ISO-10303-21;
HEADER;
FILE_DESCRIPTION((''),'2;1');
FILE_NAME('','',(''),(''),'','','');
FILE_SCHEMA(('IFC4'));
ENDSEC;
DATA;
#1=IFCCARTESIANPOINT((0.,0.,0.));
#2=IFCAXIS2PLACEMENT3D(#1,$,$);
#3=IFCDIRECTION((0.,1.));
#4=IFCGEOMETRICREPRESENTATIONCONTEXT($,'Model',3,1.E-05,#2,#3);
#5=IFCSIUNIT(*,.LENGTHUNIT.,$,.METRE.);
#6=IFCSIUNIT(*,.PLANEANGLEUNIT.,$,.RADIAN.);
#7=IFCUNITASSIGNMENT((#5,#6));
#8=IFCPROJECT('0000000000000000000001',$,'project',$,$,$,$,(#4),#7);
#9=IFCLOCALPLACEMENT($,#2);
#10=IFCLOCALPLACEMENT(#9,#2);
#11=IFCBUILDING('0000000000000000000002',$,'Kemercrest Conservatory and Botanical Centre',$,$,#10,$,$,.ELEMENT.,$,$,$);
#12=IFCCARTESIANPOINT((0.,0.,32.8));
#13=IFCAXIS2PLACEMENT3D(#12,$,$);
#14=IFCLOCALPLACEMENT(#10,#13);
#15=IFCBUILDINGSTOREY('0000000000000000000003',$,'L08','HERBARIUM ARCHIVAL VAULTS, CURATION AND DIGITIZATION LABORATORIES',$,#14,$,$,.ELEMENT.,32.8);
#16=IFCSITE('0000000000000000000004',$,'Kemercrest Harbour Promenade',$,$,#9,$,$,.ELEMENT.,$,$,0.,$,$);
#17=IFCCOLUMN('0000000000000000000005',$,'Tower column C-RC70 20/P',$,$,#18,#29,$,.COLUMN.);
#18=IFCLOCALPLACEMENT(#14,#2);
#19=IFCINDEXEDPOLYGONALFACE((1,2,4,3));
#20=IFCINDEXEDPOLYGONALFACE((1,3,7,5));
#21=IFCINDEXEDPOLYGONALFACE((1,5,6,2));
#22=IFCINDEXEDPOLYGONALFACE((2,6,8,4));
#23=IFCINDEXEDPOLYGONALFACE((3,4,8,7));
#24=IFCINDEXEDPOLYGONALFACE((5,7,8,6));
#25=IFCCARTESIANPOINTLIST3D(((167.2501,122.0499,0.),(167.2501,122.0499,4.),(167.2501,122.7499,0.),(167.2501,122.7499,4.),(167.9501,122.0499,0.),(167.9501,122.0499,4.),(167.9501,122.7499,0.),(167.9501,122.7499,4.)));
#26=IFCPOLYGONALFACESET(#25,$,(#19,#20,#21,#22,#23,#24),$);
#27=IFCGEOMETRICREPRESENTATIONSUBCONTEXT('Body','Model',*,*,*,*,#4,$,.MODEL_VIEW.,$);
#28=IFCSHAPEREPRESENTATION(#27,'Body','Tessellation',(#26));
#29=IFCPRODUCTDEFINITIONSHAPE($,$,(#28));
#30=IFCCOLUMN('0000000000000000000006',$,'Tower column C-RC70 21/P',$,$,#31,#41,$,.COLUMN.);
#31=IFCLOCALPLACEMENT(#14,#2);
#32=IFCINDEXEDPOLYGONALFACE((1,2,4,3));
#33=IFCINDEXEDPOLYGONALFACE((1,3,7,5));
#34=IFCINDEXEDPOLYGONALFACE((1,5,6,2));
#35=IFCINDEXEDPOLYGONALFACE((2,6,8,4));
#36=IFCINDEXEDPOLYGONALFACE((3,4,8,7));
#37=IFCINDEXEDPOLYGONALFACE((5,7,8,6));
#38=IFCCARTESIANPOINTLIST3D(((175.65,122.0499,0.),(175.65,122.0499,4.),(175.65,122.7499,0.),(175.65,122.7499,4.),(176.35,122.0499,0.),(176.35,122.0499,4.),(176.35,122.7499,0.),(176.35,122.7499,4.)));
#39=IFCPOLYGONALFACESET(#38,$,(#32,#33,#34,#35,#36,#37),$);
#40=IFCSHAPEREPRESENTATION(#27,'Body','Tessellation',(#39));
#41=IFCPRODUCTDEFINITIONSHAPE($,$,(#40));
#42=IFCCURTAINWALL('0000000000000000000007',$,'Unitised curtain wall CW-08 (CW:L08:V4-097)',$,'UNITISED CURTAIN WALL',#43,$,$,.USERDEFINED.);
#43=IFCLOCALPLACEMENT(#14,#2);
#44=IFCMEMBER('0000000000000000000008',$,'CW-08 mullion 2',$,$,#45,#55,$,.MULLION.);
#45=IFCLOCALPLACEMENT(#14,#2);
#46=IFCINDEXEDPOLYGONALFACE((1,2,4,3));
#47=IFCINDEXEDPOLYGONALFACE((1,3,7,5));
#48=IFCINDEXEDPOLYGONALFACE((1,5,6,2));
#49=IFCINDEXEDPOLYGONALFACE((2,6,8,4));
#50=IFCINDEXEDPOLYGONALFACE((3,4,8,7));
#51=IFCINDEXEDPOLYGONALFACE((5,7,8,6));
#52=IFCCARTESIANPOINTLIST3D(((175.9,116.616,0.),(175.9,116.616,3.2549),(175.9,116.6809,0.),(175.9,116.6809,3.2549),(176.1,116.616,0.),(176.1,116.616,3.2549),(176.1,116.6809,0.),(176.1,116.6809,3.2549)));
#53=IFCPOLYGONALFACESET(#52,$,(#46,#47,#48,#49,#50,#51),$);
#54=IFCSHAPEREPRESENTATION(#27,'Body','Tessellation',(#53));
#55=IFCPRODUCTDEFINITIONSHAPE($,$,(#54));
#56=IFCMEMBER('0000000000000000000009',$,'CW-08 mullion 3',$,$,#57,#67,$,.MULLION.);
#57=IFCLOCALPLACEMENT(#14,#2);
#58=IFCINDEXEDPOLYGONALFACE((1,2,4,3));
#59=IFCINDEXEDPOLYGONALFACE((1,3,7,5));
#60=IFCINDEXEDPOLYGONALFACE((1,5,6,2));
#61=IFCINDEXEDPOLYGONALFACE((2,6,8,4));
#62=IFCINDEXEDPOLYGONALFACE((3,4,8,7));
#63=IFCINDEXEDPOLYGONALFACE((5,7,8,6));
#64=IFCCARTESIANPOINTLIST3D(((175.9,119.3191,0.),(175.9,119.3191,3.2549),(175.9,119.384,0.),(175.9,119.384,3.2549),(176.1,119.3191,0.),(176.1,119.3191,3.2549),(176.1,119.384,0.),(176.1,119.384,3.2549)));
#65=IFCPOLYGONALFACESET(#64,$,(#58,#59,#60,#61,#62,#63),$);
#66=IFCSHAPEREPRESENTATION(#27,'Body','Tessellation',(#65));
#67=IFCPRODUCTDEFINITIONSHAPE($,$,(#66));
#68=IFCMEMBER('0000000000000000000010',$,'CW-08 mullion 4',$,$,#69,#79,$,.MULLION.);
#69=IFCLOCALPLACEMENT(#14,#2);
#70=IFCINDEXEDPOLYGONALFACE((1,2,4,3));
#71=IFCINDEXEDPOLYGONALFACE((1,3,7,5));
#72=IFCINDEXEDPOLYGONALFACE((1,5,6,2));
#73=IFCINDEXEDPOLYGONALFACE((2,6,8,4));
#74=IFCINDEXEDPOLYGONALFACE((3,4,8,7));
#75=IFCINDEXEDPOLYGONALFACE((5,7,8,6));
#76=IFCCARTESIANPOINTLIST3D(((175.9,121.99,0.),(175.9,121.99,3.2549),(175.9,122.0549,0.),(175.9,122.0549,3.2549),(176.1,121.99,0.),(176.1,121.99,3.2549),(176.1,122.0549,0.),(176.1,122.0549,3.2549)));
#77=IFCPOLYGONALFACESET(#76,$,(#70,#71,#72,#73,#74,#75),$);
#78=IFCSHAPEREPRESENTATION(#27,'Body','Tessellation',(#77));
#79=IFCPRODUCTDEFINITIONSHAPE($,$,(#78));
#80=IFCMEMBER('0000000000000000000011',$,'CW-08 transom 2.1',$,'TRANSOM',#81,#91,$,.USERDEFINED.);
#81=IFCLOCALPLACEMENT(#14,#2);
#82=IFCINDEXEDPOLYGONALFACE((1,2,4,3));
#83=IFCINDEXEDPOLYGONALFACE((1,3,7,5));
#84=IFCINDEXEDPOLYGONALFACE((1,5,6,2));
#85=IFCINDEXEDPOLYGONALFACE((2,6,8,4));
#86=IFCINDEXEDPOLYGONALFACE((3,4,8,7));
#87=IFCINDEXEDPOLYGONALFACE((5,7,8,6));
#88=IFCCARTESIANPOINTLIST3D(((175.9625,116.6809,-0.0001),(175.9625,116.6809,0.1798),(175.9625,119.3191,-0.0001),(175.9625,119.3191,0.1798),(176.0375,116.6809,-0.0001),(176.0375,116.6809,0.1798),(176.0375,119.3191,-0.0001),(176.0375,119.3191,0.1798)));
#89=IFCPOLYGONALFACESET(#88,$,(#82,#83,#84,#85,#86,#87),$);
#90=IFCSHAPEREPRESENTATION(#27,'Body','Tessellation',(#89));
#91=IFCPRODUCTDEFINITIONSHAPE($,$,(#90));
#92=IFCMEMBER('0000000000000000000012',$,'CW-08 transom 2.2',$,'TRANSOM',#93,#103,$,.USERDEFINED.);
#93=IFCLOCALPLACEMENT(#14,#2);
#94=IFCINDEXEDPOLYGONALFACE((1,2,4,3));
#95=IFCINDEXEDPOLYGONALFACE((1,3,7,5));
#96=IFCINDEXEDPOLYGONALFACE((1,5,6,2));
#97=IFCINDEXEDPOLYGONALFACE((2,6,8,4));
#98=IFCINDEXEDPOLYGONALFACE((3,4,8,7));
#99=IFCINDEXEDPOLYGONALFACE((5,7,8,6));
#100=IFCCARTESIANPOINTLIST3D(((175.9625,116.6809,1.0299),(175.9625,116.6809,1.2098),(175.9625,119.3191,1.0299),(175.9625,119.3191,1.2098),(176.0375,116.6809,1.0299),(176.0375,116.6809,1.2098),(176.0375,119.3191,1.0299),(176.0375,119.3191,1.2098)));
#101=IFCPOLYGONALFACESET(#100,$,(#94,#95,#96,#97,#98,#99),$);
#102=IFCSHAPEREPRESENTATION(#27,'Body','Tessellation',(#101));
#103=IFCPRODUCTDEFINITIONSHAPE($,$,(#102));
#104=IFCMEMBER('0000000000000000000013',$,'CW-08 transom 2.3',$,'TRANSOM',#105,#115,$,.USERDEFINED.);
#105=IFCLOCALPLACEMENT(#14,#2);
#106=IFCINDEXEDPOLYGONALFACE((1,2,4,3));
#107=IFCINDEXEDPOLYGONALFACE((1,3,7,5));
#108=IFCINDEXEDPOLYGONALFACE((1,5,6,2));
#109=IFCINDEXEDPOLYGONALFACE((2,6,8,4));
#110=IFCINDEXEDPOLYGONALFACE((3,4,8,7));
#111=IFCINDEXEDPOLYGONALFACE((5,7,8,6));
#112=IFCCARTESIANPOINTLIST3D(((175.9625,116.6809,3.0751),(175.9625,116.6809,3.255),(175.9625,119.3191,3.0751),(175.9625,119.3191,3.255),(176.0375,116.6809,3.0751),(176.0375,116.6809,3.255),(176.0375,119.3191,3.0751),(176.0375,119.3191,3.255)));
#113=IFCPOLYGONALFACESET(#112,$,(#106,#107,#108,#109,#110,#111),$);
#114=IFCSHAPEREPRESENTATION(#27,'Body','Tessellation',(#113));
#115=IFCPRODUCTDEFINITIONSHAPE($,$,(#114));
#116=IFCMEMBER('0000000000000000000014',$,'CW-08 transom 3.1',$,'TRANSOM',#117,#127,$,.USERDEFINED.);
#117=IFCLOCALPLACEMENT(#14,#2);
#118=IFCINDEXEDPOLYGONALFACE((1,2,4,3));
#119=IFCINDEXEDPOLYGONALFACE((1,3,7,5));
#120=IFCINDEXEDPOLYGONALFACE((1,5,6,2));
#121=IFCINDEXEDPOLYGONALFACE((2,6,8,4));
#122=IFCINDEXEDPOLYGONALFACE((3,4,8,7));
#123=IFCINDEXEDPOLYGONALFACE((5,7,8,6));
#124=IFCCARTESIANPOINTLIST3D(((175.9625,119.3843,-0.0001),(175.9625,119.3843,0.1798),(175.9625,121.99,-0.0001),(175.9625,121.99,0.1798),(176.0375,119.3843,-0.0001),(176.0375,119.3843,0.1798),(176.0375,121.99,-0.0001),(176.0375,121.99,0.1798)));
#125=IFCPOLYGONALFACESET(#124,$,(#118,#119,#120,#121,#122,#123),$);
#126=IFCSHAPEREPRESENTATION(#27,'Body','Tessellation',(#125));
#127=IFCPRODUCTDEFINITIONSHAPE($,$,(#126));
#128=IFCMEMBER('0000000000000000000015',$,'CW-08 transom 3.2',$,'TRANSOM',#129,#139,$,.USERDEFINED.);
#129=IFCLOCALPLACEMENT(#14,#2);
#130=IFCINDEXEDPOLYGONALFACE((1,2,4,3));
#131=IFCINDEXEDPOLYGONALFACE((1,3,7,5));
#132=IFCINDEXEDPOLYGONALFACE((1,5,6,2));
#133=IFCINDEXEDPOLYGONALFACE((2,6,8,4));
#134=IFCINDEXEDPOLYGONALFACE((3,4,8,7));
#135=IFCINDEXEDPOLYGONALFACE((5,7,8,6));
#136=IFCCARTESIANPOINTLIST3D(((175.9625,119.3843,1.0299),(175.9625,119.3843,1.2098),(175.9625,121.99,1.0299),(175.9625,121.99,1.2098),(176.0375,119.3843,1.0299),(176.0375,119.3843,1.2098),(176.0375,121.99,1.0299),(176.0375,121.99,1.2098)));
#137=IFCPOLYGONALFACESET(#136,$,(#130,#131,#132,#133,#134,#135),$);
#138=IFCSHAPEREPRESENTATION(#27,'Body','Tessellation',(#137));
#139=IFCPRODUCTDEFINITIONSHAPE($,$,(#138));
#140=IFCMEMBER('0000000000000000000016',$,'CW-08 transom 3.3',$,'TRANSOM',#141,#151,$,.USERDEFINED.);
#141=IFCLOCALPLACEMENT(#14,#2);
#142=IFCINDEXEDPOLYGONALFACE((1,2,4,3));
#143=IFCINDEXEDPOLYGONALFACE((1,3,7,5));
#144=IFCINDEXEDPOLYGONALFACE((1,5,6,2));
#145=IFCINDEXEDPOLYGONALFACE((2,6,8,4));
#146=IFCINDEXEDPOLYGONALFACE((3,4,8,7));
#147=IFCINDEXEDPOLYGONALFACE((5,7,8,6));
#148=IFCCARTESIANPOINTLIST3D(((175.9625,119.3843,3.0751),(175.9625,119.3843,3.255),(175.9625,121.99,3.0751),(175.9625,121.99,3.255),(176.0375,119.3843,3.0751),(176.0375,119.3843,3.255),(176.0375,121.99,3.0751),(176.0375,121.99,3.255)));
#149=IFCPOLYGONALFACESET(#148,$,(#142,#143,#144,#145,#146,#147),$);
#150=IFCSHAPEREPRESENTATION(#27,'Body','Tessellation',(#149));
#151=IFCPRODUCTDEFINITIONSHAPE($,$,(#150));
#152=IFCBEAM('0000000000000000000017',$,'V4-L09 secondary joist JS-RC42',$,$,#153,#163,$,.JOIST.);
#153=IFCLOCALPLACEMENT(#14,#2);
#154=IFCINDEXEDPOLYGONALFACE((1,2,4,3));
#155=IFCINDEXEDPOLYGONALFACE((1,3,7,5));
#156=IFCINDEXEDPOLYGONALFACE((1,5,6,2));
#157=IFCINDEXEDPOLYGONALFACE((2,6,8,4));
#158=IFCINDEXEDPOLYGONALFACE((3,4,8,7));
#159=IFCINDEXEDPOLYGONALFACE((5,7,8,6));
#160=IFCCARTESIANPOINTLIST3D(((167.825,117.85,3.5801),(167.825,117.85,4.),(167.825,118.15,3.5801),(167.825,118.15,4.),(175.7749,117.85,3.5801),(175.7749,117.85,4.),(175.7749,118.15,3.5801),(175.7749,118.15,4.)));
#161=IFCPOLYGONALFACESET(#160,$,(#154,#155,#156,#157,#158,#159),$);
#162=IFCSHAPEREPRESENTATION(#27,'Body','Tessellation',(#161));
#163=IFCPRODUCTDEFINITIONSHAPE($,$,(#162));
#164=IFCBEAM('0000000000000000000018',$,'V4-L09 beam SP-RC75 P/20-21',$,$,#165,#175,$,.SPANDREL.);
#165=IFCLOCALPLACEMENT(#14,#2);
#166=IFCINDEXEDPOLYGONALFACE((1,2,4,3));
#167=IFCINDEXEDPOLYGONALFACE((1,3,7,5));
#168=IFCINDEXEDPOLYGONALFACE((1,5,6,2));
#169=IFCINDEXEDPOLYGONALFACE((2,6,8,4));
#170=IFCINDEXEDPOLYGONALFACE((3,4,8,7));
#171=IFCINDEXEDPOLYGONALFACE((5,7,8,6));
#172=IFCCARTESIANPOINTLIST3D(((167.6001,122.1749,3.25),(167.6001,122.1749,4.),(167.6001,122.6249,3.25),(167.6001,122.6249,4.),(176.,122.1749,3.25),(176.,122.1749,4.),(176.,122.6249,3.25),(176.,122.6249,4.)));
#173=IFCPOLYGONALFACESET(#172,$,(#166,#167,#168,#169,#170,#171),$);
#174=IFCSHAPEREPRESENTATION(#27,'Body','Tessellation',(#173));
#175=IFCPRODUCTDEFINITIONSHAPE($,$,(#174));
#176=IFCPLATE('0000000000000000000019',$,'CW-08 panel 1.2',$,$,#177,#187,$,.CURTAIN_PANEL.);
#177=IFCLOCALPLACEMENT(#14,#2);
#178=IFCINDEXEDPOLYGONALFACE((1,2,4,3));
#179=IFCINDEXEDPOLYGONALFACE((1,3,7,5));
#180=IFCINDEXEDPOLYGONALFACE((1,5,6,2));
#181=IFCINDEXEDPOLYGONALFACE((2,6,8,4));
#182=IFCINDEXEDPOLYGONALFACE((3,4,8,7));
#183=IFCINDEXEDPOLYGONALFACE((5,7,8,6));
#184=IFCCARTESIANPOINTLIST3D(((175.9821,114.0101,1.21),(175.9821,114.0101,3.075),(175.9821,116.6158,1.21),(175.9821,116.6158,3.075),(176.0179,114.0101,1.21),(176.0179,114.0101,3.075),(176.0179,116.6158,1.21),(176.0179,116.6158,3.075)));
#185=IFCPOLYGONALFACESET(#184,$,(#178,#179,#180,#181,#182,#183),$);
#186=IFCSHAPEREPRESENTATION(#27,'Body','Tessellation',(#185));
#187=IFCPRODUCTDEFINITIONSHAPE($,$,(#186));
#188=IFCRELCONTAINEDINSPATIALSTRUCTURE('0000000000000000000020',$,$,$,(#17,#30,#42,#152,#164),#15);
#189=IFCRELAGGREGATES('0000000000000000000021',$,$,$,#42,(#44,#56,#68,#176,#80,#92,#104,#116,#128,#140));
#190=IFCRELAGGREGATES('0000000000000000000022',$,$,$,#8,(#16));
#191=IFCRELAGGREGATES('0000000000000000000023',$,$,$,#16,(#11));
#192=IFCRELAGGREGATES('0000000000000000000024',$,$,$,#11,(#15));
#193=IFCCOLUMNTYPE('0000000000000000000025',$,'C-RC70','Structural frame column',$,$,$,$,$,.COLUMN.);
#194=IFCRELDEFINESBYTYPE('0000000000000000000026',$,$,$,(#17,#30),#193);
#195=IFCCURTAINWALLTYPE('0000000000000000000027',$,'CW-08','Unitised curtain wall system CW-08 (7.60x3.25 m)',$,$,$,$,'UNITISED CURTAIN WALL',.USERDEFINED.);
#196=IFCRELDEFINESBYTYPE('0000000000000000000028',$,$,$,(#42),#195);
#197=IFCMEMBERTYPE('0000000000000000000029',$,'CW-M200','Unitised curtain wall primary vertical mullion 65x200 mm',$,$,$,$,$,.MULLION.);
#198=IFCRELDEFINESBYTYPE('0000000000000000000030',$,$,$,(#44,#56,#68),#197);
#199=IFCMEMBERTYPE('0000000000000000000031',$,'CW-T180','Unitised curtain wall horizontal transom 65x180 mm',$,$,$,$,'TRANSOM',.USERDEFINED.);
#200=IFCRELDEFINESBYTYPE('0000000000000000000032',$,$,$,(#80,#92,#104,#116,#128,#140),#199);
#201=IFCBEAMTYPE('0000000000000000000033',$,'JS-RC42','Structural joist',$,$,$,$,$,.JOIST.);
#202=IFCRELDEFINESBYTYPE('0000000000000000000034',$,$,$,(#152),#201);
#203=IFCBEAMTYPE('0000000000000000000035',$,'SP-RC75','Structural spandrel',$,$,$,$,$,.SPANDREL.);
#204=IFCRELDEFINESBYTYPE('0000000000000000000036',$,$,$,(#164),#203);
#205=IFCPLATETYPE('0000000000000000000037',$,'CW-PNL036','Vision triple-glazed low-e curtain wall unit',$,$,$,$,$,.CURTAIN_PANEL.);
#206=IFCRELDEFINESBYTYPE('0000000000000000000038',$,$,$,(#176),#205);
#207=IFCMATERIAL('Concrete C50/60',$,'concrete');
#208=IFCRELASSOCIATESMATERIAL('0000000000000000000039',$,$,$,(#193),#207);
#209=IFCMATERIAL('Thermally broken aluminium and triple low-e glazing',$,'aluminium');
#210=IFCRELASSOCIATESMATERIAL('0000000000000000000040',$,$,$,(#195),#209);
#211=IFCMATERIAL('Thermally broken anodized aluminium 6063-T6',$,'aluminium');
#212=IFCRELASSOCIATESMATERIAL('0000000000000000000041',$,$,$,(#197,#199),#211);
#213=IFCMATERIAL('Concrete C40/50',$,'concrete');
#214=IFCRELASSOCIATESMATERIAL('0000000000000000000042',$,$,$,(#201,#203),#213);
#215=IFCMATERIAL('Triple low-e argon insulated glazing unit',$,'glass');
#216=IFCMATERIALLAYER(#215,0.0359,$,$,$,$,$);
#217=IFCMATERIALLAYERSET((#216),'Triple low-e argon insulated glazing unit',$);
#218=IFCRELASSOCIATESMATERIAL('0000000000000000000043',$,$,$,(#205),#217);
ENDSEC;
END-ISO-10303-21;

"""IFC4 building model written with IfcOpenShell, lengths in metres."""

from ifc_helpers import new_model, si_unit, direction, frame, origin, origin_2d, place, context, subcontext, project, spatial, rectangle, extrude, material, layer, layer_set, material_profile, profile_set, type_object, element, aggregate, save


model = new_model("IFC4")

# Units and contexts
model_context = context("Model", 3, precision=1e-05, world=origin(), true_north=direction((0.0, 1.0)))
body_context = subcontext(model_context, "Body", "Model", "MODEL_VIEW")
ifc_project = project(units=[si_unit("LENGTHUNIT", "METRE"), si_unit("PLANEANGLEUNIT", "RADIAN")], contexts=[model_context])

# Site, building, storey
site_placement = place(None, origin())
site = spatial("IfcSite", under=ifc_project, at=site_placement, Name="Kemercrest Harbour Promenade", CompositionType="ELEMENT", RefElevation=0.0)
building_placement = place(site_placement, origin())
building = spatial("IfcBuilding", under=site, at=building_placement, Name="Kemercrest Conservatory and Botanical Centre", CompositionType="ELEMENT")
storey_placement = place(building_placement, frame((0.0, 0.0, 32.8)))
storey = spatial("IfcBuildingStorey", under=building, at=storey_placement, Name="L08", Description="HERBARIUM ARCHIVAL VAULTS, CURATION AND DIGITIZATION LABORATORIES", CompositionType="ELEMENT", Elevation=32.8)

# Columns
ifc_material_1 = material(Name="Concrete C50/60", Category="concrete")
ifc_material_profile_1 = material_profile(ifc_material_1, rectangle(XDim=0.7, YDim=0.7, at=origin_2d()), Name="RC 700x700")
ifc_profile_set_1 = profile_set([ifc_material_profile_1], Name="Concrete C50/60")
column_type = type_object("IfcColumnType", Name="C-RC70", Description="Structural frame column", PredefinedType="COLUMN", material=ifc_profile_set_1)
for number, where, z_axis, x_axis, name in (
    (1, (167.6001, 122.3999, 0.0), (0.0, 0.0, 1.0), (1.0, 0.0, 0.0), "Tower column C-RC70 20/P"),
    (2, (176.0, 122.3999, 0.0), (0.0, 0.0, 1.0), (1.0, 0.0, 0.0), "Tower column C-RC70 21/P"),
):
    element("IfcColumn", number, at=place(storey_placement, frame(where, z_axis=z_axis, x_axis=x_axis)), inside=storey, type_object=column_type, Name=name, PredefinedType="COLUMN", context=body_context, shape_type="SweptSolid", body=[
        extrude(rectangle(XDim=0.7, YDim=0.7, at=origin_2d()), origin(), (0.0, 0.0, 1.0), 4.0),
    ])

# Curtain wall, members
ifc_material_2 = material(Name="Thermally broken aluminium and triple low-e glazing", Category="aluminium")
curtain_wall_type = type_object("IfcCurtainWallType", Name="CW-08", Description="Unitised curtain wall system CW-08 (7.60x3.25 m)", ElementType="UNITISED CURTAIN WALL", PredefinedType="USERDEFINED", material=ifc_material_2)
curtain_wall_placement = place(storey_placement, origin())
curtain_wall = element("IfcCurtainWall", 3, at=curtain_wall_placement, inside=storey, type_object=curtain_wall_type, Name="Unitised curtain wall CW-08 (CW:L08:V4-097)", ObjectType="UNITISED CURTAIN WALL", PredefinedType="USERDEFINED")
ifc_material_3 = material(Name="Thermally broken anodized aluminium 6063-T6", Category="aluminium")
ifc_material_profile_2 = material_profile(ifc_material_3, rectangle(XDim=0.2, YDim=0.0649, at=origin_2d()), Name="AL MULLION 65x200")
ifc_profile_set_2 = profile_set([ifc_material_profile_2], Name="Thermally broken anodized aluminium 6063-T6")
member_type_1 = type_object("IfcMemberType", Name="CW-M200", Description="Unitised curtain wall primary vertical mullion 65x200 mm", PredefinedType="MULLION", material=ifc_profile_set_2)
member_1_placement = place(storey_placement, frame((176.0, 116.6484, 0.0), z_axis=(0.0, 0.0, 1.0), x_axis=(-1.0, 0.0, 0.0)))
member_1 = element("IfcMember", 4, at=member_1_placement, type_object=member_type_1, Name="CW-08 mullion 2", PredefinedType="MULLION", context=body_context, shape_type="SweptSolid", body=[
    extrude(rectangle(XDim=0.2, YDim=0.0649, at=origin_2d()), origin(), (0.0, 0.0, 1.0), 3.2549),
])
member_2_placement = place(storey_placement, frame((176.0, 119.3516, 0.0), z_axis=(0.0, 0.0, 1.0), x_axis=(-1.0, 0.0, 0.0)))
member_2 = element("IfcMember", 5, at=member_2_placement, type_object=member_type_1, Name="CW-08 mullion 3", PredefinedType="MULLION", context=body_context, shape_type="SweptSolid", body=[
    extrude(rectangle(XDim=0.2, YDim=0.0649, at=origin_2d()), origin(), (0.0, 0.0, 1.0), 3.2549),
])
member_3_placement = place(storey_placement, frame((176.0, 122.0225, 0.0), z_axis=(0.0, 0.0, 1.0), x_axis=(-1.0, 0.0, 0.0)))
member_3 = element("IfcMember", 6, at=member_3_placement, type_object=member_type_1, Name="CW-08 mullion 4", PredefinedType="MULLION", context=body_context, shape_type="SweptSolid", body=[
    extrude(rectangle(XDim=0.2, YDim=0.0649, at=origin_2d()), origin(), (0.0, 0.0, 1.0), 3.2549),
])
ifc_material_profile_3 = material_profile(ifc_material_3, rectangle(XDim=0.075, YDim=0.1799, at=origin_2d()), Name="AL TRANSOM 75x180")
ifc_profile_set_3 = profile_set([ifc_material_profile_3], Name="Thermally broken anodized aluminium 6063-T6")
member_type_2 = type_object("IfcMemberType", Name="CW-T180", Description="Unitised curtain wall horizontal transom 65x180 mm", ElementType="TRANSOM", PredefinedType="USERDEFINED", material=ifc_profile_set_3)
member_4_placement = place(storey_placement, frame((176.0, 116.6809, 0.0898), z_axis=(0.0, 1.0, 0.0), x_axis=(-1.0, 0.0, 0.0)))
member_4 = element("IfcMember", 7, at=member_4_placement, type_object=member_type_2, Name="CW-08 transom 2.1", ObjectType="TRANSOM", PredefinedType="USERDEFINED", context=body_context, shape_type="SweptSolid", body=[
    extrude(rectangle(XDim=0.075, YDim=0.1799, at=origin_2d()), origin(), (0.0, 0.0, 1.0), 2.6382),
])
member_5_placement = place(storey_placement, frame((176.0, 116.6809, 1.1199), z_axis=(0.0, 1.0, 0.0), x_axis=(-1.0, 0.0, 0.0)))
member_5 = element("IfcMember", 8, at=member_5_placement, type_object=member_type_2, Name="CW-08 transom 2.2", ObjectType="TRANSOM", PredefinedType="USERDEFINED", context=body_context, shape_type="SweptSolid", body=[
    extrude(rectangle(XDim=0.075, YDim=0.1799, at=origin_2d()), origin(), (0.0, 0.0, 1.0), 2.6382),
])
member_6_placement = place(storey_placement, frame((176.0, 116.6809, 3.165), z_axis=(0.0, 1.0, 0.0), x_axis=(-1.0, 0.0, 0.0)))
member_6 = element("IfcMember", 9, at=member_6_placement, type_object=member_type_2, Name="CW-08 transom 2.3", ObjectType="TRANSOM", PredefinedType="USERDEFINED", context=body_context, shape_type="SweptSolid", body=[
    extrude(rectangle(XDim=0.075, YDim=0.1799, at=origin_2d()), origin(), (0.0, 0.0, 1.0), 2.6382),
])
member_7_placement = place(storey_placement, frame((176.0, 119.3843, 0.0898), z_axis=(0.0, 1.0, 0.0), x_axis=(-1.0, 0.0, 0.0)))
member_7 = element("IfcMember", 10, at=member_7_placement, type_object=member_type_2, Name="CW-08 transom 3.1", ObjectType="TRANSOM", PredefinedType="USERDEFINED", context=body_context, shape_type="SweptSolid", body=[
    extrude(rectangle(XDim=0.075, YDim=0.1799, at=origin_2d()), origin(), (0.0, 0.0, 1.0), 2.6057),
])
member_8_placement = place(storey_placement, frame((176.0, 119.3843, 1.1199), z_axis=(0.0, 1.0, 0.0), x_axis=(-1.0, 0.0, 0.0)))
member_8 = element("IfcMember", 11, at=member_8_placement, type_object=member_type_2, Name="CW-08 transom 3.2", ObjectType="TRANSOM", PredefinedType="USERDEFINED", context=body_context, shape_type="SweptSolid", body=[
    extrude(rectangle(XDim=0.075, YDim=0.1799, at=origin_2d()), origin(), (0.0, 0.0, 1.0), 2.6057),
])
member_9_placement = place(storey_placement, frame((176.0, 119.3843, 3.165), z_axis=(0.0, 1.0, 0.0), x_axis=(-1.0, 0.0, 0.0)))
member_9 = element("IfcMember", 12, at=member_9_placement, type_object=member_type_2, Name="CW-08 transom 3.3", ObjectType="TRANSOM", PredefinedType="USERDEFINED", context=body_context, shape_type="SweptSolid", body=[
    extrude(rectangle(XDim=0.075, YDim=0.1799, at=origin_2d()), origin(), (0.0, 0.0, 1.0), 2.6057),
])

# Beams
ifc_material_4 = material(Name="Concrete C40/50", Category="concrete")
ifc_material_profile_4 = material_profile(ifc_material_4, rectangle(XDim=0.3, YDim=0.4199, at=origin_2d()), Name="RC 300x420")
ifc_profile_set_4 = profile_set([ifc_material_profile_4], Name="Concrete C40/50")
beam_type_1 = type_object("IfcBeamType", Name="JS-RC42", Description="Structural joist", PredefinedType="JOIST", material=ifc_profile_set_4)
beam_1_placement = place(storey_placement, frame((167.825, 118.0, 3.79), z_axis=(1.0, 0.0, 0.0), x_axis=(0.0, 1.0, 0.0)))
element("IfcBeam", 13, at=beam_1_placement, inside=storey, type_object=beam_type_1, Name="V4-L09 secondary joist JS-RC42", PredefinedType="JOIST", context=body_context, shape_type="SweptSolid", body=[
    extrude(rectangle(XDim=0.3, YDim=0.4199, at=origin_2d()), origin(), (0.0, 0.0, 1.0), 7.95),
])
ifc_material_profile_5 = material_profile(ifc_material_4, rectangle(XDim=0.45, YDim=0.75, at=origin_2d()), Name="RC 450x750")
ifc_profile_set_5 = profile_set([ifc_material_profile_5], Name="Concrete C40/50")
beam_type_2 = type_object("IfcBeamType", Name="SP-RC75", Description="Structural spandrel", PredefinedType="SPANDREL", material=ifc_profile_set_5)
beam_2_placement = place(storey_placement, frame((167.6001, 122.3999, 3.625), z_axis=(1.0, 0.0, 0.0), x_axis=(0.0, 1.0, 0.0)))
element("IfcBeam", 14, at=beam_2_placement, inside=storey, type_object=beam_type_2, Name="V4-L09 beam SP-RC75 P/20-21", PredefinedType="SPANDREL", context=body_context, shape_type="SweptSolid", body=[
    extrude(rectangle(XDim=0.45, YDim=0.75, at=origin_2d()), origin(), (0.0, 0.0, 1.0), 8.3999),
])

# Plate
ifc_material_5 = material(Name="Triple low-e argon insulated glazing unit", Category="glass")
ifc_layer_1 = layer(ifc_material_5, 0.0359)
ifc_layer_set_1 = layer_set([ifc_layer_1], Name="Triple low-e argon insulated glazing unit")
plate_type = type_object("IfcPlateType", Name="CW-PNL036", Description="Vision triple-glazed low-e curtain wall unit", PredefinedType="CURTAIN_PANEL", material=ifc_layer_set_1)
plate_1_placement = place(storey_placement, frame((176.0, 115.313, 1.21), z_axis=(0.0, 0.0, 1.0), x_axis=(0.0, 1.0, 0.0)))
plate_1 = element("IfcPlate", 15, at=plate_1_placement, type_object=plate_type, Name="CW-08 panel 1.2", PredefinedType="CURTAIN_PANEL", context=body_context, shape_type="SweptSolid", body=[
    extrude(rectangle(XDim=2.6057, YDim=0.0359, at=origin_2d()), origin(), (0.0, 0.0, 1.0), 1.865),
])
aggregate(curtain_wall, [member_1, member_2, member_3, plate_1, member_4, member_5, member_6, member_7, member_8, member_9])

save(model, "model.ifc")
